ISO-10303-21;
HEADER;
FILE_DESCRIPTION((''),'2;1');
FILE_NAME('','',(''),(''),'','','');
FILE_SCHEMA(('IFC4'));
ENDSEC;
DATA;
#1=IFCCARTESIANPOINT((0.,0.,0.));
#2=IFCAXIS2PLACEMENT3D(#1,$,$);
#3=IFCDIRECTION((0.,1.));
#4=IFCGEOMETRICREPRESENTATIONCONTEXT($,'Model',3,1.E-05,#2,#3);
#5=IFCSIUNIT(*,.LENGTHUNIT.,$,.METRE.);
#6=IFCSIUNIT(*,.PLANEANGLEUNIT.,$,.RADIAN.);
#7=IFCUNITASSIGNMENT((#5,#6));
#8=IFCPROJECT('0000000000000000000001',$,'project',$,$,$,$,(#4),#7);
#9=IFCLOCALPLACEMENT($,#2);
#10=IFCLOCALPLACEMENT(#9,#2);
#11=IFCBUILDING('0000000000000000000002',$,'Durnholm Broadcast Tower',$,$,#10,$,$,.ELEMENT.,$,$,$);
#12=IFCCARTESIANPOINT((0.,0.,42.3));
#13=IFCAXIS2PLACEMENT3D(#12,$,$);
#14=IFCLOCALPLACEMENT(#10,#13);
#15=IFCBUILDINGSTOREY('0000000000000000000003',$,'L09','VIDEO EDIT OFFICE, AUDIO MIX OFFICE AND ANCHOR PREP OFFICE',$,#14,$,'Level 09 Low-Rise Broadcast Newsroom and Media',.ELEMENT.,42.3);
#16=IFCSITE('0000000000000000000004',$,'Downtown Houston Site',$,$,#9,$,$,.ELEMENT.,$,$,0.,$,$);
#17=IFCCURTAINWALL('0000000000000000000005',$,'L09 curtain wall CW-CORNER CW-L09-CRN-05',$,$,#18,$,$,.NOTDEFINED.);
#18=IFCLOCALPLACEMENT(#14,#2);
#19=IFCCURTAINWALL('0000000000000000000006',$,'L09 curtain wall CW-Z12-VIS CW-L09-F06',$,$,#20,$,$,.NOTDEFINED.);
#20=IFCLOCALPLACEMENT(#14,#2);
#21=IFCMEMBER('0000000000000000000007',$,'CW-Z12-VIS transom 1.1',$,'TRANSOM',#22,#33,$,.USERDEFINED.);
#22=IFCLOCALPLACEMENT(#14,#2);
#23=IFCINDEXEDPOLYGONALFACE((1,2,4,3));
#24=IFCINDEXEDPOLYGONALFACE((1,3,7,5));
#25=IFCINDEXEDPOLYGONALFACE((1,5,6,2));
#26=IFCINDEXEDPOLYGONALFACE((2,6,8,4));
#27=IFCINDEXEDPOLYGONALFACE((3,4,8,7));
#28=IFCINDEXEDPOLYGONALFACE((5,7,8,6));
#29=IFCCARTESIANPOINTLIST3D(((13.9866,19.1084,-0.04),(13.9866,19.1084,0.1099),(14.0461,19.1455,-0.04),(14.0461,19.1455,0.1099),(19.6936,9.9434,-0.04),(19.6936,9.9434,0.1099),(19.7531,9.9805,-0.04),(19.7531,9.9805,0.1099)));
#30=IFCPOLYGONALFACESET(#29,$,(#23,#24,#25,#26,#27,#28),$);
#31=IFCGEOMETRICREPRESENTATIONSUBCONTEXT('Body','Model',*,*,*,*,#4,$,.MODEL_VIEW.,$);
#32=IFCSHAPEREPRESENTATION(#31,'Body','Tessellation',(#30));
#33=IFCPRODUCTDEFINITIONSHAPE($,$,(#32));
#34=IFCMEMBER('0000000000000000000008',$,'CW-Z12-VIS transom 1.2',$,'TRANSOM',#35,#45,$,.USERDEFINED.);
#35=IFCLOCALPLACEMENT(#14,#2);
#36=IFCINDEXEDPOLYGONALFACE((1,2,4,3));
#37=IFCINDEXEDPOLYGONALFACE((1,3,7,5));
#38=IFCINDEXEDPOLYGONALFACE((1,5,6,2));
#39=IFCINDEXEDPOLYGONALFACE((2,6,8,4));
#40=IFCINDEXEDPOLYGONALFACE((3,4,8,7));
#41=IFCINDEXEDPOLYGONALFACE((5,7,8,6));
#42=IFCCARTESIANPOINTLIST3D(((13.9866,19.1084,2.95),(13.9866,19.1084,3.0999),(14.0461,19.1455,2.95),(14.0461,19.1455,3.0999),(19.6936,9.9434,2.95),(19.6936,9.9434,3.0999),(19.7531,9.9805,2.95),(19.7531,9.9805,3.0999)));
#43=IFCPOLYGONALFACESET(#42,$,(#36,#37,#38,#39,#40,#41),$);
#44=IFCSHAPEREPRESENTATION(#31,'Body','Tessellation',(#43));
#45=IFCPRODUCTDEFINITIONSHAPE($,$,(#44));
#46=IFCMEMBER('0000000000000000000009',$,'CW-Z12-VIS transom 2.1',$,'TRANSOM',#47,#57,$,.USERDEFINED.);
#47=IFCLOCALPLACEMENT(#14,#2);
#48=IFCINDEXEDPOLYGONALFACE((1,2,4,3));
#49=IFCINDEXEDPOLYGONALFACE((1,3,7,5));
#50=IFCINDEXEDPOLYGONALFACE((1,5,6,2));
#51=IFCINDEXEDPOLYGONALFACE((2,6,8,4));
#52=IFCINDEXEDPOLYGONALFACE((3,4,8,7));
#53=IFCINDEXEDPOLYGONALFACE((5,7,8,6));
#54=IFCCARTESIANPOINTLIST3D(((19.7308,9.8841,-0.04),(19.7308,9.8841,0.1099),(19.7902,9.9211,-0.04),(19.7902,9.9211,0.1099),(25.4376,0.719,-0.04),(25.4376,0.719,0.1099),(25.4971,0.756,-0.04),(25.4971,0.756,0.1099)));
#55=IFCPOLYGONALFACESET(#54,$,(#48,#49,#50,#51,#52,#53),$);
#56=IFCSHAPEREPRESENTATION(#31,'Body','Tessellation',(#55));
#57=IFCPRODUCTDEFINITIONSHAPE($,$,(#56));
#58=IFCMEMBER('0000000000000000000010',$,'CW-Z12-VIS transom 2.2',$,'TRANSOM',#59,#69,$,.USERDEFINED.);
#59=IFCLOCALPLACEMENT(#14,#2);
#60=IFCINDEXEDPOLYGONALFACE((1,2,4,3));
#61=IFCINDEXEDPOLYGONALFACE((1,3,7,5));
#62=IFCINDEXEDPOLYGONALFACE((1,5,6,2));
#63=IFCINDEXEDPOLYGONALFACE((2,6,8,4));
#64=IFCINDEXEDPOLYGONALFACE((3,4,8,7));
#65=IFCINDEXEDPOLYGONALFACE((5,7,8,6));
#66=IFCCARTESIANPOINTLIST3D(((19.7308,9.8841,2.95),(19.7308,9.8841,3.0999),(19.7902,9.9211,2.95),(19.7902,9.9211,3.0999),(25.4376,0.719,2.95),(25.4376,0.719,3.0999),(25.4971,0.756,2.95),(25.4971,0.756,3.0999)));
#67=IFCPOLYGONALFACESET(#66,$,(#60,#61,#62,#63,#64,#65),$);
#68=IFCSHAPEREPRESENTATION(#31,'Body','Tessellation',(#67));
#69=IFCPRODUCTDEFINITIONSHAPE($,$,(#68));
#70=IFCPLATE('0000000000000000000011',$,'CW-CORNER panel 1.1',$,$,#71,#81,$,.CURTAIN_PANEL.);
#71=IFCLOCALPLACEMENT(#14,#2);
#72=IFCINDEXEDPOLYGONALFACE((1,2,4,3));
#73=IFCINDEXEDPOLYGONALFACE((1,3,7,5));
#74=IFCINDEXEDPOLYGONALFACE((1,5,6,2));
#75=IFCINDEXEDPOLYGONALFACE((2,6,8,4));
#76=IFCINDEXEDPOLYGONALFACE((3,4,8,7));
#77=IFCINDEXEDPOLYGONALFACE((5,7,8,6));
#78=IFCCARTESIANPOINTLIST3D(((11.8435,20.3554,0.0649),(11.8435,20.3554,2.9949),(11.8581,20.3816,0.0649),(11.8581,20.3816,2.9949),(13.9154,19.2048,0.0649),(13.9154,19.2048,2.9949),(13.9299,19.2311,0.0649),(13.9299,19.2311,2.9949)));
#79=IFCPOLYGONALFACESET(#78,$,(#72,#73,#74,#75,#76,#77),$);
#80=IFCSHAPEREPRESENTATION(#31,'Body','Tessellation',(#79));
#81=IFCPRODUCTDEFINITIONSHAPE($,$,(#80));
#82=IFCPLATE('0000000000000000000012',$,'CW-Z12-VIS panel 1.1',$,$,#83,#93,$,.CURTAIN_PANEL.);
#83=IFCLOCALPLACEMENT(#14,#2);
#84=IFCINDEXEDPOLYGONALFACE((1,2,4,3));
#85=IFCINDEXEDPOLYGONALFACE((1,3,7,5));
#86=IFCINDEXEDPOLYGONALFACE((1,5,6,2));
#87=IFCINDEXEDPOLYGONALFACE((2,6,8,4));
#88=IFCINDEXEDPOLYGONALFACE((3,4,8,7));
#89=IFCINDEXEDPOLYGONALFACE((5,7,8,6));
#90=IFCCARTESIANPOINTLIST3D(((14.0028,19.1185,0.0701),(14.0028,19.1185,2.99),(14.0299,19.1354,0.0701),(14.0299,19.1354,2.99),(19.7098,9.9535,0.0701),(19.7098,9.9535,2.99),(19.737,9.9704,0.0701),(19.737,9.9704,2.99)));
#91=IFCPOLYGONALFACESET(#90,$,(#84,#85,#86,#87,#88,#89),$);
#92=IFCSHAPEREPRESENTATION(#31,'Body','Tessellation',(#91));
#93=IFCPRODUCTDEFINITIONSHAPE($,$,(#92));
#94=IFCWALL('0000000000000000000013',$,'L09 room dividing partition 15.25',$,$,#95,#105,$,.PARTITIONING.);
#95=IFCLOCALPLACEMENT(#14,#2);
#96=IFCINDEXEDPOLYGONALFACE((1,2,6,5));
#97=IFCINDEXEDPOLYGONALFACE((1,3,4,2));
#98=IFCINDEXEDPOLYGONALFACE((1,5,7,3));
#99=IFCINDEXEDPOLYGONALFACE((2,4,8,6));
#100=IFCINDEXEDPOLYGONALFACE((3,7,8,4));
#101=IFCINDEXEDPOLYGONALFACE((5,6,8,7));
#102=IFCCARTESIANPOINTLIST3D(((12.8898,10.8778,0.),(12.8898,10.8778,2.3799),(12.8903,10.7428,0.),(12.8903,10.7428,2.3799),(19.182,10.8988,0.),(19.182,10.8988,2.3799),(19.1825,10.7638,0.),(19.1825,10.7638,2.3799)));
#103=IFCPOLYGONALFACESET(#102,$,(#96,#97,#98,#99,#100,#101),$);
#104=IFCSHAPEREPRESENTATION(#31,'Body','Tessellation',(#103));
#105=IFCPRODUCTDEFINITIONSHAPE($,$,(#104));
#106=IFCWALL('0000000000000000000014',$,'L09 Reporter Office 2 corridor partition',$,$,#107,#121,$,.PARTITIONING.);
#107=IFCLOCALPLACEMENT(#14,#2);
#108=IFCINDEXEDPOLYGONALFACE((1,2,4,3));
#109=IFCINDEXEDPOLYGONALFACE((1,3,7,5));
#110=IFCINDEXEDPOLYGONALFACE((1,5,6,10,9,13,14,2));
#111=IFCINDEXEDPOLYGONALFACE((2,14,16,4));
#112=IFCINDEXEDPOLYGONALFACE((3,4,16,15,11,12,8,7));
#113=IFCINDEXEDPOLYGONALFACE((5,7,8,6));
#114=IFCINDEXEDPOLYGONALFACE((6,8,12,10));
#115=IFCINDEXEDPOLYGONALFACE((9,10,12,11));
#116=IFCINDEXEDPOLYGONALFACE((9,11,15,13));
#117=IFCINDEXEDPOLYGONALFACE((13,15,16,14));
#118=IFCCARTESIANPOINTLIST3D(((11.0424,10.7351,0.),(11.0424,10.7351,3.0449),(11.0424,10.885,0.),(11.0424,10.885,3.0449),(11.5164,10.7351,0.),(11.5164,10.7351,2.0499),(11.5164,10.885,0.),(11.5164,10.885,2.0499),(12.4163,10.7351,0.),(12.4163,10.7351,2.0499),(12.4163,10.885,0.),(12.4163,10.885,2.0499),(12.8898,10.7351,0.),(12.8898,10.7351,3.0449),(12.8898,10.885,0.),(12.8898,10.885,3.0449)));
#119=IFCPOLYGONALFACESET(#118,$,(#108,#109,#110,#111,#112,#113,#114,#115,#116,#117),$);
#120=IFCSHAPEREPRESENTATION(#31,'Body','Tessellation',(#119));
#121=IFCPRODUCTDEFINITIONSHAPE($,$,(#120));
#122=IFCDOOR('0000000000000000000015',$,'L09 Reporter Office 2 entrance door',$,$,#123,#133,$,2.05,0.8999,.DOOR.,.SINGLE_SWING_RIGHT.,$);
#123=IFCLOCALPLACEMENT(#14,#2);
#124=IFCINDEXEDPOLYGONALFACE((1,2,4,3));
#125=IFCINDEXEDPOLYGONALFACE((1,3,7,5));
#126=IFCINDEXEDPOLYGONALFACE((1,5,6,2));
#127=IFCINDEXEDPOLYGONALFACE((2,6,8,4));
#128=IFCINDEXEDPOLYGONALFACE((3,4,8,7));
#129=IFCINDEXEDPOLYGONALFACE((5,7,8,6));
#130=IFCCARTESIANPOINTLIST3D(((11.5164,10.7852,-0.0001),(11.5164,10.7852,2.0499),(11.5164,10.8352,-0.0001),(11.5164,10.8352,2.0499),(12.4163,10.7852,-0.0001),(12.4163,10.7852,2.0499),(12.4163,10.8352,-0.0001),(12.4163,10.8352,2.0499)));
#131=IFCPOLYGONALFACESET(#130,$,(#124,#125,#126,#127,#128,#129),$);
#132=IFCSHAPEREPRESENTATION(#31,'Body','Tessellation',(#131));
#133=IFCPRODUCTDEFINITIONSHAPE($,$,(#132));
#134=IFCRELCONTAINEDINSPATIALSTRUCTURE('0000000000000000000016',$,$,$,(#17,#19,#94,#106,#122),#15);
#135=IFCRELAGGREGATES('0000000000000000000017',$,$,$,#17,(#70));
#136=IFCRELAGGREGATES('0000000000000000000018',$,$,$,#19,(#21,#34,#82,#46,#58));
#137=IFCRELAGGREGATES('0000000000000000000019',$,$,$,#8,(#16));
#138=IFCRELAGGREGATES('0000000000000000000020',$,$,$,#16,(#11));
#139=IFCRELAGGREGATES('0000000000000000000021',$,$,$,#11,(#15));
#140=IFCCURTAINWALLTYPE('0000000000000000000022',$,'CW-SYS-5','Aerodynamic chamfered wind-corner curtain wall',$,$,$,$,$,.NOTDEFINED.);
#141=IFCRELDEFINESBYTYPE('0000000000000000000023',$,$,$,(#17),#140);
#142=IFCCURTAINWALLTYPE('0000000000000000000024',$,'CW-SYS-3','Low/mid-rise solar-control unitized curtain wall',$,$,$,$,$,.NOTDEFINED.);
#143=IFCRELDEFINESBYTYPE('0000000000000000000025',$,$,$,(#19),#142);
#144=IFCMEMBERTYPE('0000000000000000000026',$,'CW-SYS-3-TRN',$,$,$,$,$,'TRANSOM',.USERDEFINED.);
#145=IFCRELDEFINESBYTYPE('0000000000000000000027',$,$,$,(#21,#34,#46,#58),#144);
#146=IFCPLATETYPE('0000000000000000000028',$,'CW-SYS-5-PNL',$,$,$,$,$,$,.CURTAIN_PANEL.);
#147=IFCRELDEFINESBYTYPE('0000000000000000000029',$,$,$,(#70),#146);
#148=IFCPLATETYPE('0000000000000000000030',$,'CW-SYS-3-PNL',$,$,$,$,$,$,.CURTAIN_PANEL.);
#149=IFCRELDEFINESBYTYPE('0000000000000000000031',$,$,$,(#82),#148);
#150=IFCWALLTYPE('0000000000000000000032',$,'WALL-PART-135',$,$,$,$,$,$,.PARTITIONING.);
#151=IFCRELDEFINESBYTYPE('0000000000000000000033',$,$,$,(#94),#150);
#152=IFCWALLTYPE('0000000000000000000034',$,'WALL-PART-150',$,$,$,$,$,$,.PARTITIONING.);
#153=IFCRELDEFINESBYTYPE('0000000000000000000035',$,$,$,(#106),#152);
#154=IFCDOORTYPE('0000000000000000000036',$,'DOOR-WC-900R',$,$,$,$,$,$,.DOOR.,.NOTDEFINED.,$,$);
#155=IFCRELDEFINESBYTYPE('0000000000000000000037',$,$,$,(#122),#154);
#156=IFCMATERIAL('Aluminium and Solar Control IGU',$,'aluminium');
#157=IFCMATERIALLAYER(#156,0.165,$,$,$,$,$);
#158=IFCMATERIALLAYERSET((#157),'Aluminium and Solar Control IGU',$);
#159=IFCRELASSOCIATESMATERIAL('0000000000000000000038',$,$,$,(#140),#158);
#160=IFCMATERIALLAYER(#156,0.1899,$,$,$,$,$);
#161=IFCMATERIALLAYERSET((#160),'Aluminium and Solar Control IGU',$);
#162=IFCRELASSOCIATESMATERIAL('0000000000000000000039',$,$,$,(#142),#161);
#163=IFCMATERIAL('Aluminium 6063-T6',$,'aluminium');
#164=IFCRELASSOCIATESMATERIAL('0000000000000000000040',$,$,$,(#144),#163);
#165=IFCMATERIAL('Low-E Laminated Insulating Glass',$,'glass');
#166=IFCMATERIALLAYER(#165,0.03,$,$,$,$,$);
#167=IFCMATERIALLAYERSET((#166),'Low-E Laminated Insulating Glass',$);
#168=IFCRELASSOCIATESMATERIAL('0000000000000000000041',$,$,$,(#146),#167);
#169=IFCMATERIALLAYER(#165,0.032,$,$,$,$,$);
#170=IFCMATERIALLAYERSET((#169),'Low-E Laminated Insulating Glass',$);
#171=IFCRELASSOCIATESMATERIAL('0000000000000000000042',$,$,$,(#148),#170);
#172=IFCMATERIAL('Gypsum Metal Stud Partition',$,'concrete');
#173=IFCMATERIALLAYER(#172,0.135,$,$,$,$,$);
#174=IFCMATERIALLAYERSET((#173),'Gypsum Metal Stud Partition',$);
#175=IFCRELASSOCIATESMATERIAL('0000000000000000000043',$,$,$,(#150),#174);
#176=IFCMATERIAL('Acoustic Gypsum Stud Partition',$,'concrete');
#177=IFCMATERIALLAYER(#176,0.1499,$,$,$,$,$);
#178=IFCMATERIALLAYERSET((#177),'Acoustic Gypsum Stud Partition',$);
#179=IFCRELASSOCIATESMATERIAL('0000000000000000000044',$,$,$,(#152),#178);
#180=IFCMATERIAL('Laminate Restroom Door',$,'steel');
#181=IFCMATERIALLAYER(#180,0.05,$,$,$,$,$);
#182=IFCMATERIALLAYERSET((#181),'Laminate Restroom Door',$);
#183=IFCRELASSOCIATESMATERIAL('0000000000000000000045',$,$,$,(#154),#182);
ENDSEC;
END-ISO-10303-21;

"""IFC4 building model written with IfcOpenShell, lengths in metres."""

from ifc_helpers import new_model, si_unit, direction, frame, frame_2d, origin, origin_2d, place, context, subcontext, project, spatial, rectangle, extrude, source, transform, mapped, material, layer, layer_set, material_profile, profile_set, type_object, type_shapes, element, fill, aggregate, save


model = new_model("IFC4")

# Units and contexts
model_context = context("Model", 3, precision=1e-05, world=origin(), true_north=direction((0.0, 1.0)))
body_context = subcontext(model_context, "Body", "Model", "MODEL_VIEW")
ifc_project = project(units=[si_unit("LENGTHUNIT", "METRE"), si_unit("PLANEANGLEUNIT", "RADIAN")], contexts=[model_context])

# Site, building, storey
site_placement = place(None, origin())
site = spatial("IfcSite", under=ifc_project, at=site_placement, Name="Downtown Houston Site", CompositionType="ELEMENT", RefElevation=0.0)
building_placement = place(site_placement, origin())
building = spatial("IfcBuilding", under=site, at=building_placement, Name="Durnholm Broadcast Tower", CompositionType="ELEMENT")
storey_placement = place(building_placement, frame((0.0, 0.0, 42.3)))
storey = spatial("IfcBuildingStorey", under=building, at=storey_placement, Name="L09", Description="VIDEO EDIT OFFICE, AUDIO MIX OFFICE AND ANCHOR PREP OFFICE", LongName="Level 09 Low-Rise Broadcast Newsroom and Media", CompositionType="ELEMENT", Elevation=42.3)

# Curtain walls, members
ifc_material_1 = material(Name="Aluminium and Solar Control IGU", Category="aluminium")
ifc_layer_1 = layer(ifc_material_1, 0.165)
ifc_layer_set_1 = layer_set([ifc_layer_1], Name="Aluminium and Solar Control IGU")
curtain_wall_type_1 = type_object("IfcCurtainWallType", Name="CW-SYS-5", Description="Aerodynamic chamfered wind-corner curtain wall", PredefinedType="NOTDEFINED", material=ifc_layer_set_1)
curtain_wall_1_placement = place(storey_placement, origin())
curtain_wall_1 = element("IfcCurtainWall", 1, at=curtain_wall_1_placement, inside=storey, type_object=curtain_wall_type_1, Name="L09 curtain wall CW-CORNER CW-L09-CRN-05", PredefinedType="NOTDEFINED")
ifc_material_2 = material(Name="Aluminium 6063-T6", Category="aluminium")
ifc_layer_2 = layer(ifc_material_1, 0.1899)
ifc_layer_set_2 = layer_set([ifc_layer_2], Name="Aluminium and Solar Control IGU")
curtain_wall_type_2 = type_object("IfcCurtainWallType", Name="CW-SYS-3", Description="Low/mid-rise solar-control unitized curtain wall", PredefinedType="NOTDEFINED", material=ifc_layer_set_2)
curtain_wall_2_placement = place(storey_placement, origin())
curtain_wall_2 = element("IfcCurtainWall", 2, at=curtain_wall_2_placement, inside=storey, type_object=curtain_wall_type_2, Name="L09 curtain wall CW-Z12-VIS CW-L09-F06", PredefinedType="NOTDEFINED")
ifc_material_profile_1 = material_profile(ifc_material_2, rectangle(XDim=0.0701, YDim=0.1499, at=origin_2d()), Name="CWT70X150")
ifc_profile_set_1 = profile_set([ifc_material_profile_1], Name="Aluminium 6063-T6")
member_type_1 = type_object("IfcMemberType", Name="CW-SYS-3-TRN", ElementType="TRANSOM", PredefinedType="USERDEFINED", material=ifc_profile_set_1)
shared_shape_1 = source(origin(), body_context, "Body", "SweptSolid", [
    extrude(rectangle(XDim=0.0701, YDim=0.1499, at=origin_2d()), origin(), (0.0, 0.0, 1.0), 10.7966),
])
type_shapes(member_type_1, [shared_shape_1])
member_1_placement = place(storey_placement, frame((14.0164, 19.127, 0.0349), z_axis=(0.528592, -0.848876, 0.0), x_axis=(0.848876, 0.528592, 0.0)))
member_1 = element("IfcMember", 3, at=member_1_placement, type_object=member_type_1, Name="CW-Z12-VIS transom 1.1", ObjectType="TRANSOM", PredefinedType="USERDEFINED", context=body_context, shape_type="MappedRepresentation", body=[
    mapped(shared_shape_1, transform((0.0, 0.0, 0.0), x_axis=(1.0, 0.0, 0.0), y_axis=(0.0, 1.0, 0.0), z_axis=(0.0, 0.0, 1.0), scale=1.0)),
])
member_2_placement = place(storey_placement, frame((14.0164, 19.127, 3.0249), z_axis=(0.528592, -0.848876, 0.0), x_axis=(0.848876, 0.528592, 0.0)))
member_2 = element("IfcMember", 4, at=member_2_placement, type_object=member_type_1, Name="CW-Z12-VIS transom 1.2", ObjectType="TRANSOM", PredefinedType="USERDEFINED", context=body_context, shape_type="MappedRepresentation", body=[
    mapped(shared_shape_1, transform((0.0, 0.0, 0.0), x_axis=(1.0, 0.0, 0.0), y_axis=(0.0, 1.0, 0.0), z_axis=(0.0, 0.0, 1.0), scale=1.0)),
])
member_3_placement = place(storey_placement, frame((19.7605, 9.9026, 0.0349), z_axis=(0.528575, -0.848886, 0.0), x_axis=(0.848886, 0.528575, 0.0)))
member_3 = element("IfcMember", 5, at=member_3_placement, type_object=member_type_1, Name="CW-Z12-VIS transom 2.1", ObjectType="TRANSOM", PredefinedType="USERDEFINED", context=body_context, shape_type="MappedRepresentation", body=[
    mapped(shared_shape_1, transform((0.0, 0.0, 0.0), x_axis=(1.0, 0.0, 0.0), y_axis=(0.0, 1.0, 0.0), z_axis=(0.0, 0.0, 1.0), scale=1.0)),
])
member_4_placement = place(storey_placement, frame((19.7605, 9.9026, 3.0249), z_axis=(0.528575, -0.848886, 0.0), x_axis=(0.848886, 0.528575, 0.0)))
member_4 = element("IfcMember", 6, at=member_4_placement, type_object=member_type_1, Name="CW-Z12-VIS transom 2.2", ObjectType="TRANSOM", PredefinedType="USERDEFINED", context=body_context, shape_type="MappedRepresentation", body=[
    mapped(shared_shape_1, transform((0.0, 0.0, 0.0), x_axis=(1.0, 0.0, 0.0), y_axis=(0.0, 1.0, 0.0), z_axis=(0.0, 0.0, 1.0), scale=1.0)),
])

# Plates
ifc_material_3 = material(Name="Low-E Laminated Insulating Glass", Category="glass")
ifc_layer_3 = layer(ifc_material_3, 0.03)
ifc_layer_set_3 = layer_set([ifc_layer_3], Name="Low-E Laminated Insulating Glass")
plate_type_1 = type_object("IfcPlateType", Name="CW-SYS-5-PNL", PredefinedType="CURTAIN_PANEL", material=ifc_layer_set_3)
shared_shape_2 = source(origin(), body_context, "Body", "SweptSolid", [
    extrude(rectangle(XDim=2.3699, YDim=0.03, at=origin_2d()), origin(), (0.0, 0.0, 1.0), 2.9299),
])
type_shapes(plate_type_1, [shared_shape_2])
plate_1_placement = place(storey_placement, frame((12.8867, 19.7932, 0.0649), z_axis=(0.0, 0.0, 1.0), x_axis=(0.874246, -0.485483, 0.0)))
plate_1 = element("IfcPlate", 7, at=plate_1_placement, type_object=plate_type_1, Name="CW-CORNER panel 1.1", PredefinedType="CURTAIN_PANEL", context=body_context, shape_type="MappedRepresentation", body=[
    mapped(shared_shape_2, transform((0.0, 0.0, 0.0), x_axis=(1.0, 0.0, 0.0), y_axis=(0.0, 1.0, 0.0), z_axis=(0.0, 0.0, 1.0), scale=1.0)),
])
aggregate(curtain_wall_1, [plate_1])
ifc_layer_4 = layer(ifc_material_3, 0.032)
ifc_layer_set_4 = layer_set([ifc_layer_4], Name="Low-E Laminated Insulating Glass")
plate_type_2 = type_object("IfcPlateType", Name="CW-SYS-3-PNL", PredefinedType="CURTAIN_PANEL", material=ifc_layer_set_4)
shared_shape_3 = source(origin(), body_context, "Body", "SweptSolid", [
    extrude(rectangle(XDim=10.7966, YDim=0.032, at=origin_2d()), origin(), (0.0, 0.0, 1.0), 2.9199),
])
type_shapes(plate_type_2, [shared_shape_3])
plate_2_placement = place(storey_placement, frame((16.8699, 14.5444, 0.0701), z_axis=(0.0, 0.0, 1.0), x_axis=(0.528592, -0.848876, 0.0)))
plate_2 = element("IfcPlate", 8, at=plate_2_placement, type_object=plate_type_2, Name="CW-Z12-VIS panel 1.1", PredefinedType="CURTAIN_PANEL", context=body_context, shape_type="MappedRepresentation", body=[
    mapped(shared_shape_3, transform((0.0, 0.0, 0.0), x_axis=(1.0, 0.0, 0.0), y_axis=(0.0, 1.0, 0.0), z_axis=(0.0, 0.0, 1.0), scale=1.0)),
])
aggregate(curtain_wall_2, [member_1, member_2, plate_2, member_3, member_4])

# Wall
ifc_material_4 = material(Name="Gypsum Metal Stud Partition", Category="concrete")
ifc_layer_5 = layer(ifc_material_4, 0.135)
ifc_layer_set_5 = layer_set([ifc_layer_5], Name="Gypsum Metal Stud Partition")
wall_type_1 = type_object("IfcWallType", Name="WALL-PART-135", PredefinedType="PARTITIONING", material=ifc_layer_set_5)
wall_1_placement = place(storey_placement, frame((19.1821, 10.8313, 0.0), z_axis=(0.0, 0.0, 1.0), x_axis=(-0.999994, -0.003337, 0.0)))
element("IfcWall", 9, at=wall_1_placement, inside=storey, type_object=wall_type_1, Name="L09 room dividing partition 15.25", PredefinedType="PARTITIONING", context=body_context, shape_type="SweptSolid", body=[
    extrude(rectangle(XDim=6.2922, YDim=0.135, at=frame_2d((3.146, 0.0))), origin(), (0.0, 0.0, 1.0), 2.3799),
])

# Wall, opening, door
ifc_material_5 = material(Name="Acoustic Gypsum Stud Partition", Category="concrete")
ifc_layer_6 = layer(ifc_material_5, 0.1499)
ifc_layer_set_6 = layer_set([ifc_layer_6], Name="Acoustic Gypsum Stud Partition")
wall_type_2 = type_object("IfcWallType", Name="WALL-PART-150", PredefinedType="PARTITIONING", material=ifc_layer_set_6)
wall_2_placement = place(storey_placement, frame((12.8899, 10.8101, 0.0), z_axis=(0.0, 0.0, 1.0), x_axis=(-1.0, 0.0, 0.0)))
wall_2 = element("IfcWall", 10, at=wall_2_placement, inside=storey, type_object=wall_type_2, Name="L09 Reporter Office 2 corridor partition", PredefinedType="PARTITIONING", context=body_context, shape_type="SweptSolid", body=[
    extrude(rectangle(XDim=1.8474, YDim=0.1499, at=frame_2d((0.9238, 0.0))), origin(), (0.0, 0.0, 1.0), 3.0449),
])
opening_placement = place(wall_2_placement, frame((0.4736, 0.0, 0.0)))
opening = element("IfcOpeningElement", 11, at=opening_placement, cuts=wall_2, PredefinedType="OPENING", context=body_context, shape_type="SweptSolid", body=[
    extrude(rectangle(XDim=0.8999, YDim=2.05, at=frame_2d((0.45, 1.0249))), frame((0.0, 0.085, 0.0), z_axis=(0.0, -1.0, 0.0), x_axis=(1.0, 0.0, 0.0)), (0.0, 0.0, 1.0), 0.1699),
])
ifc_material_6 = material(Name="Laminate Restroom Door", Category="steel")
ifc_layer_7 = layer(ifc_material_6, 0.05)
ifc_layer_set_7 = layer_set([ifc_layer_7], Name="Laminate Restroom Door")
door_type = type_object("IfcDoorType", Name="DOOR-WC-900R", OperationType="NOTDEFINED", PredefinedType="DOOR", material=ifc_layer_set_7)
shared_shape_4 = source(origin(), body_context, "Body", "SweptSolid", [
    extrude(rectangle(XDim=0.8999, YDim=2.05, at=frame_2d((0.45, 1.0249))), frame((0.0, 0.0249, 0.0), z_axis=(0.0, -1.0, 0.0), x_axis=(1.0, 0.0, 0.0)), (0.0, 0.0, 1.0), 0.05),
])
type_shapes(door_type, [shared_shape_4])
door_placement = place(opening_placement, origin())
door = element("IfcDoor", 12, at=door_placement, inside=storey, type_object=door_type, Name="L09 Reporter Office 2 entrance door", OperationType="SINGLE_SWING_RIGHT", OverallHeight=2.05, OverallWidth=0.8999, PredefinedType="DOOR", context=body_context, shape_type="MappedRepresentation", body=[
    mapped(shared_shape_4, transform((0.0, 0.0, 0.0), x_axis=(1.0, 0.0, 0.0), y_axis=(0.0, 1.0, 0.0), z_axis=(0.0, 0.0, 1.0), scale=1.0)),
])
fill(opening, door)

save(model, "model.ifc")
